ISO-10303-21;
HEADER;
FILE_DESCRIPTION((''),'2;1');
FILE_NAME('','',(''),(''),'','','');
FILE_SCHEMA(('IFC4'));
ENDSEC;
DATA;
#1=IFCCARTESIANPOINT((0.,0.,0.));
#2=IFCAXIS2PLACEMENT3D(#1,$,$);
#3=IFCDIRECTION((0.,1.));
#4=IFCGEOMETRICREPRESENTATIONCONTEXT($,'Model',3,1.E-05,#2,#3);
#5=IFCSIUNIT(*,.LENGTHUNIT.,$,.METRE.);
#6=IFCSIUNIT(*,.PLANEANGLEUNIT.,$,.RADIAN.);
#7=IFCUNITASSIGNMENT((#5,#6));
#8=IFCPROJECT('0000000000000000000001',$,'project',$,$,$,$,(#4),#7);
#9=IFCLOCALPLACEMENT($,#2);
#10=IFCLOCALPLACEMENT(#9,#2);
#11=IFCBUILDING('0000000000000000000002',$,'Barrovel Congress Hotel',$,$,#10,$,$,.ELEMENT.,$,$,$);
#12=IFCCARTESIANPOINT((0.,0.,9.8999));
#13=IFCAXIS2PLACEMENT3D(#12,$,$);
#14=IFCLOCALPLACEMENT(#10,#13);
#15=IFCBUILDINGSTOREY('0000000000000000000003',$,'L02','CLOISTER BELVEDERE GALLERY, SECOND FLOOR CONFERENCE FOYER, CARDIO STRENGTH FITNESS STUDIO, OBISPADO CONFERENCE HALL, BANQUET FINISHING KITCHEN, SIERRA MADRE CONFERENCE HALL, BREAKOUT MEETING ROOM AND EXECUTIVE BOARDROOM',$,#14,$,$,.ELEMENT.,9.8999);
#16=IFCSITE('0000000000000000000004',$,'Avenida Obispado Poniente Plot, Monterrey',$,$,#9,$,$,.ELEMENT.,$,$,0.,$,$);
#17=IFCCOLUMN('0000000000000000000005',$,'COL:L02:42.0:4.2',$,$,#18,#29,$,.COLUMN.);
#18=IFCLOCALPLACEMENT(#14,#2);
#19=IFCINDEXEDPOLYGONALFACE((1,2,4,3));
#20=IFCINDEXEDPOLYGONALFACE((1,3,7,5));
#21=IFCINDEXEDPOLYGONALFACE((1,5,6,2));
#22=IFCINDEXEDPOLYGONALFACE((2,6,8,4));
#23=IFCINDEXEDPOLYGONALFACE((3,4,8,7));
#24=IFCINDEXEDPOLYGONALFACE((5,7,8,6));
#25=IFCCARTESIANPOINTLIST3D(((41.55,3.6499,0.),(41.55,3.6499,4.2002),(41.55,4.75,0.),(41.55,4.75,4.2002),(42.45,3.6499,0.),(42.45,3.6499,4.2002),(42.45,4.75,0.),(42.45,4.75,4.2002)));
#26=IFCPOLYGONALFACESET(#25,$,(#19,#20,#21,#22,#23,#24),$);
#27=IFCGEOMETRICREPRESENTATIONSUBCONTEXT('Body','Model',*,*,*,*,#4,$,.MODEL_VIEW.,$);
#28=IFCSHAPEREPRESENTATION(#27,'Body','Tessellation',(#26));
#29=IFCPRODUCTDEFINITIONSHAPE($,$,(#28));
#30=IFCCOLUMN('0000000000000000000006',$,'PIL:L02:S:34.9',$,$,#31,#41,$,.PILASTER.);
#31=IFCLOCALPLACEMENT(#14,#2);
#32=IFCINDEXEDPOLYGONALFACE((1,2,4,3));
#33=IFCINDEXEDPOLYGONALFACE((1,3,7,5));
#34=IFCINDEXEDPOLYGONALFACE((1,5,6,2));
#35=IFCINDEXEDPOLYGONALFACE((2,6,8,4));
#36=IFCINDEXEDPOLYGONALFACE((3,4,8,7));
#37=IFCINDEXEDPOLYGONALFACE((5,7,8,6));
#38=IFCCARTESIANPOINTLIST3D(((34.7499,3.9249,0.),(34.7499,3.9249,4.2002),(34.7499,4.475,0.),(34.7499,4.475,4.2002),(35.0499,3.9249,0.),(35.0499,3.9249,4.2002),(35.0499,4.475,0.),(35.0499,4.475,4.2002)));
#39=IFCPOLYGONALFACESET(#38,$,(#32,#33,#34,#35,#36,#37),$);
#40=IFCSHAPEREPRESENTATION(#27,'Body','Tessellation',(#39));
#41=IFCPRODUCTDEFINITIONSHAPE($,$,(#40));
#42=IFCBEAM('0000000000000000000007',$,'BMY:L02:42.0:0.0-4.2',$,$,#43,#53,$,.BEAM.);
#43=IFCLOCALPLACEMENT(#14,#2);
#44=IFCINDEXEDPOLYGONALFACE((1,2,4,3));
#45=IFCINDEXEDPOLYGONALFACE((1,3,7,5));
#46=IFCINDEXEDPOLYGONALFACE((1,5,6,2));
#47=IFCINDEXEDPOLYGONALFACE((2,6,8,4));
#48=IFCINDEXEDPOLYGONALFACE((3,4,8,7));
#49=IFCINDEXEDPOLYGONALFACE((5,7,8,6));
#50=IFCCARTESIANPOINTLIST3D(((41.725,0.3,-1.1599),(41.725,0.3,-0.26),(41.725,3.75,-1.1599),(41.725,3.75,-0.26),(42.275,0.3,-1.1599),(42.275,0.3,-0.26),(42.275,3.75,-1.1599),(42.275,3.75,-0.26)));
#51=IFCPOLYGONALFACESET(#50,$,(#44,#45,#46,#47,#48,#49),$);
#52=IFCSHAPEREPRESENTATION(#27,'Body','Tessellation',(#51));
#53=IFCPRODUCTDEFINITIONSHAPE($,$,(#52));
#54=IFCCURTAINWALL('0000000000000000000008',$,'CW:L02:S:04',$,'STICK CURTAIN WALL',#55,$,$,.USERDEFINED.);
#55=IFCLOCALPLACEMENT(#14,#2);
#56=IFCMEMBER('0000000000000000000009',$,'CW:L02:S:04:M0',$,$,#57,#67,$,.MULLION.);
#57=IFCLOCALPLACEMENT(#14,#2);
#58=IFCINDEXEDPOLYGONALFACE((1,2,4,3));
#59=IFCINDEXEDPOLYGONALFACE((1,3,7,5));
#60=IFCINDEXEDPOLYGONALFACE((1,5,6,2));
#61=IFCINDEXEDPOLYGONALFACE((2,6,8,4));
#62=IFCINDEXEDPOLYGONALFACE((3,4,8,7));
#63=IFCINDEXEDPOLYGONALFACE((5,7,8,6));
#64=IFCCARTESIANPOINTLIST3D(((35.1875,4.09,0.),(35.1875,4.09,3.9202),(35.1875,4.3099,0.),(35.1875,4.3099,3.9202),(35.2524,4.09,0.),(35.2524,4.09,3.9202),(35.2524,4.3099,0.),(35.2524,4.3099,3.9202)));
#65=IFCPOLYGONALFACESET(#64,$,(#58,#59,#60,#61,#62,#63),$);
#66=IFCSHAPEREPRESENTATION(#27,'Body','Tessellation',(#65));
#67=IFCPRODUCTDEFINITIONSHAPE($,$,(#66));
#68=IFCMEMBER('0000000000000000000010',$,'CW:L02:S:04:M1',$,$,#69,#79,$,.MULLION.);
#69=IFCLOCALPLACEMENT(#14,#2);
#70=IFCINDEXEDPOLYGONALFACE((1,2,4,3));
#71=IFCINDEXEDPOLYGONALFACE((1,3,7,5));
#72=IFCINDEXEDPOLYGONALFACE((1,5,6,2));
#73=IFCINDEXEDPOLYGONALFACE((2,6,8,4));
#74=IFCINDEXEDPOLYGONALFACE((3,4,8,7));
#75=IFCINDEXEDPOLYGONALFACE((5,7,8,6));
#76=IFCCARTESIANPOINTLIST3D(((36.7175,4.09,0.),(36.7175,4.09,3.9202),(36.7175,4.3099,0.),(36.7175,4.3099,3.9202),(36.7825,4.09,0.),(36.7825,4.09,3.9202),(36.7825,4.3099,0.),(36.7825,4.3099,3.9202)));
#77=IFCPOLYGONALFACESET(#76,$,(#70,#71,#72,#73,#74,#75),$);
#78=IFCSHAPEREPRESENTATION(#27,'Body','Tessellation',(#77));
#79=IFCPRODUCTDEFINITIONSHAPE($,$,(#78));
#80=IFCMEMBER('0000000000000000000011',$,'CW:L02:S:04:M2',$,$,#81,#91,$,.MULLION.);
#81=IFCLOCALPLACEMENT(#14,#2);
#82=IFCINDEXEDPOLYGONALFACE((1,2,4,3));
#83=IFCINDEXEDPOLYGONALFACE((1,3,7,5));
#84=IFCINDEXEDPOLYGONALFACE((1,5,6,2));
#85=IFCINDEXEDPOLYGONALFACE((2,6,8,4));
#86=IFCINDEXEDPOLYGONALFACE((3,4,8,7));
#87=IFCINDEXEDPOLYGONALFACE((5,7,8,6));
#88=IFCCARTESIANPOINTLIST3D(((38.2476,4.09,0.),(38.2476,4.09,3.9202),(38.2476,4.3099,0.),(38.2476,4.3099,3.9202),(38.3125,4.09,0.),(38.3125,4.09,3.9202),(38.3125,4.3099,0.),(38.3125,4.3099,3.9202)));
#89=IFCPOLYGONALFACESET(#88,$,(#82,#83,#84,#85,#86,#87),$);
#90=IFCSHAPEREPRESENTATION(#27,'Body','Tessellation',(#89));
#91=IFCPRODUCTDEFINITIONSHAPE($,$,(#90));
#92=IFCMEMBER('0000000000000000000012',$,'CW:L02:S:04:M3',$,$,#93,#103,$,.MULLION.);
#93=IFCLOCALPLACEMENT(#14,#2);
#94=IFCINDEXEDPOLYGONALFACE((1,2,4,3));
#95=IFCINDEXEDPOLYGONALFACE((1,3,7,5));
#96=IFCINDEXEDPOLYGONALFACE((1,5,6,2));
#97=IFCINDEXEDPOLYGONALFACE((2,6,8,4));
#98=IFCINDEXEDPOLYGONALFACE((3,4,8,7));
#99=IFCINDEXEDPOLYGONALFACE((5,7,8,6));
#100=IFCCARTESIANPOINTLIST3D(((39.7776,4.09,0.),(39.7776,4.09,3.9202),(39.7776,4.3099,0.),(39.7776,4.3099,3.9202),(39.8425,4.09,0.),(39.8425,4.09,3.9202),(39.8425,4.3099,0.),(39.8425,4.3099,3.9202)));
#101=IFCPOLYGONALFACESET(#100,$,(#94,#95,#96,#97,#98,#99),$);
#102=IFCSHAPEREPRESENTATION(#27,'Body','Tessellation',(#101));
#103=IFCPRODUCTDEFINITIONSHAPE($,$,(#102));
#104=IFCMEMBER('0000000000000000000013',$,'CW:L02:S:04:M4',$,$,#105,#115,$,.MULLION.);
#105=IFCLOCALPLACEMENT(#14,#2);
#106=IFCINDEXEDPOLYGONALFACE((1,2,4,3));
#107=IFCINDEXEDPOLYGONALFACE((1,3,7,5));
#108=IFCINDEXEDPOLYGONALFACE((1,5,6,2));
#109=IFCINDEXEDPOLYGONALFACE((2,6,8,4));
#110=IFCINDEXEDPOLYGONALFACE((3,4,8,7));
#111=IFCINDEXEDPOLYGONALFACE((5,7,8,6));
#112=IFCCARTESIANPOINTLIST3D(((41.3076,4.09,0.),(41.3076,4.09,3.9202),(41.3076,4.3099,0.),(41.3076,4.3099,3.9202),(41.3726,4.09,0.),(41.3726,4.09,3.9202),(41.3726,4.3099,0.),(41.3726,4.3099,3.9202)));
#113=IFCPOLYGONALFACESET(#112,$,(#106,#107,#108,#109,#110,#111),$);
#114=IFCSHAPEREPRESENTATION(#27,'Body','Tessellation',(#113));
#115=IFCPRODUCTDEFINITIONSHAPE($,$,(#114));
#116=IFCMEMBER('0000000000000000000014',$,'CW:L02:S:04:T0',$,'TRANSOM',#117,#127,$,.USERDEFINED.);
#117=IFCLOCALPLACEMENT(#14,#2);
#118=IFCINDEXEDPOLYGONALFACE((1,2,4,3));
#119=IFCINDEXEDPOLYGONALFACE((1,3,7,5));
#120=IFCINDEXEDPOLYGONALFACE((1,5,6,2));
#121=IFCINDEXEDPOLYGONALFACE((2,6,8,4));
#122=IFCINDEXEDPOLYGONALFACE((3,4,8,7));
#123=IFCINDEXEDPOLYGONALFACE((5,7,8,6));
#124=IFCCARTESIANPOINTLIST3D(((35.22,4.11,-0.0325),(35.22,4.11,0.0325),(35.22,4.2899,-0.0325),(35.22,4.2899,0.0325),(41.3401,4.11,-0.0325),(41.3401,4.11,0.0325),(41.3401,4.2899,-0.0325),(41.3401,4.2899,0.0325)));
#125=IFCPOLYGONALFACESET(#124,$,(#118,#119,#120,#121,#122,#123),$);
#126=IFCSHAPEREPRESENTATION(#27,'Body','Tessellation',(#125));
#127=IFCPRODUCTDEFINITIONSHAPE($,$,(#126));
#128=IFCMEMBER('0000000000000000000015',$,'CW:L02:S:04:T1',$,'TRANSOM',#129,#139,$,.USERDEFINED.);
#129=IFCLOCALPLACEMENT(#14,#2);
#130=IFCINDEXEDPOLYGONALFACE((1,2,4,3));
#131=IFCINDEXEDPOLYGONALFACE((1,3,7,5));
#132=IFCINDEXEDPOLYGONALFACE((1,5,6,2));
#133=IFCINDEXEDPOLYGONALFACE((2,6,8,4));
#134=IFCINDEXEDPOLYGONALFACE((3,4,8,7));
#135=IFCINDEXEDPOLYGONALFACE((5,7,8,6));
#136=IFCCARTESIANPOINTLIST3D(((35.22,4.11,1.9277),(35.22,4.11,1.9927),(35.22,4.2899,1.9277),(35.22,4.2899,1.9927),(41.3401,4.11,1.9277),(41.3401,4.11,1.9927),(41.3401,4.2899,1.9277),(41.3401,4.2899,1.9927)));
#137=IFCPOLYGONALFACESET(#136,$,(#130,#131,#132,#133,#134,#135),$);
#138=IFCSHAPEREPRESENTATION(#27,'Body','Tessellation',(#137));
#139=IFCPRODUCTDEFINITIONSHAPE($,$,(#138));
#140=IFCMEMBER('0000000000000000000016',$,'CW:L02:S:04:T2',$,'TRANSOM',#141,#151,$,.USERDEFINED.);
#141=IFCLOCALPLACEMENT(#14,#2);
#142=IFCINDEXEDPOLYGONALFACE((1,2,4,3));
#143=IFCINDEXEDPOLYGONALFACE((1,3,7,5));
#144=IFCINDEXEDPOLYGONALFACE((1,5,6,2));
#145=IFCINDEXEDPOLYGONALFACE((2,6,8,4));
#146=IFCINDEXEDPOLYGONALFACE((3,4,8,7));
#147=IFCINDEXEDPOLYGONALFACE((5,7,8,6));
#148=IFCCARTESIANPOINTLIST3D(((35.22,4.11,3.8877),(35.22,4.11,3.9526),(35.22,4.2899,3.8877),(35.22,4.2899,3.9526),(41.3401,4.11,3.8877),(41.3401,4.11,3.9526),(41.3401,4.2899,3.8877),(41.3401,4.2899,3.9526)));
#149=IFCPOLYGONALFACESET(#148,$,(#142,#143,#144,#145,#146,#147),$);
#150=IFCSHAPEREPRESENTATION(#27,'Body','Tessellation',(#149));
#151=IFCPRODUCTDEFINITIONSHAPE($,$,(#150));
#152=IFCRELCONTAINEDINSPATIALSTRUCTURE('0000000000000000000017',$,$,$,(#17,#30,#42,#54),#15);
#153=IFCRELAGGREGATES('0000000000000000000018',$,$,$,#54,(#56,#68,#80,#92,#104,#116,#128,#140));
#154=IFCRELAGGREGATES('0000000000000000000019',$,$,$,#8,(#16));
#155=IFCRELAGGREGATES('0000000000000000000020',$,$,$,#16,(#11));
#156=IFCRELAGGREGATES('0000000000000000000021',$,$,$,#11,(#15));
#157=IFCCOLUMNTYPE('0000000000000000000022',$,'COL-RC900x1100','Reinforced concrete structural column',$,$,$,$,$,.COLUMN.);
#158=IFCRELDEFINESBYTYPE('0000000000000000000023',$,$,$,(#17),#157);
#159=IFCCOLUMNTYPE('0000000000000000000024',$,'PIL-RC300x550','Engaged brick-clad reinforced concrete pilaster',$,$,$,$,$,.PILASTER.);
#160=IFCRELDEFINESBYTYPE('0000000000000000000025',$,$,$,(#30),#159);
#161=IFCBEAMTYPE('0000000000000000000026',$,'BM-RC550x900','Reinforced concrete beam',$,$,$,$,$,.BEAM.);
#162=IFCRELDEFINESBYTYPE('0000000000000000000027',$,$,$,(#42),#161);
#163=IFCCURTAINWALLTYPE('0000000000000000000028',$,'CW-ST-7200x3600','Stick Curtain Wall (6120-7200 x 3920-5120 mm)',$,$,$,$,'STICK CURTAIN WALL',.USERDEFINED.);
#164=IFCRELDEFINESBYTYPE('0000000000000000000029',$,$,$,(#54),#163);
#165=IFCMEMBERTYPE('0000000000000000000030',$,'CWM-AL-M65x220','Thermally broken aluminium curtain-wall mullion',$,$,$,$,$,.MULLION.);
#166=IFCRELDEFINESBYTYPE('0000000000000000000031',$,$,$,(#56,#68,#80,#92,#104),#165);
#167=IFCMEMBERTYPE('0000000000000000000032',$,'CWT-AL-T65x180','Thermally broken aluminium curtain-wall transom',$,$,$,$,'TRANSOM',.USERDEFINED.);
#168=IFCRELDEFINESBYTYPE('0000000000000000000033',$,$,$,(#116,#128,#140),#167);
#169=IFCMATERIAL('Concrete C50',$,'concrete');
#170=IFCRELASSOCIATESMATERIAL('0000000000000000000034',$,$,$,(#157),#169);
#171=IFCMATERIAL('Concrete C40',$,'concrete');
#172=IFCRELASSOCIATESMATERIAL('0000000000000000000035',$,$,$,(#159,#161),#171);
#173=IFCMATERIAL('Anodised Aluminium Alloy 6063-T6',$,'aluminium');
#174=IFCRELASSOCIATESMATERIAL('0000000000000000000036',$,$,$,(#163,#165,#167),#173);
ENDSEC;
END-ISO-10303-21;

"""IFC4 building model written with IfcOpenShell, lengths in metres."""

from ifc_helpers import new_model, si_unit, direction, frame, origin, origin_2d, place, context, subcontext, project, spatial, rectangle, extrude, material, material_profile, profile_set, type_object, element, aggregate, save


model = new_model("IFC4")

# Units and contexts
model_context = context("Model", 3, precision=1e-05, world=origin(), true_north=direction((0.0, 1.0)))
body_context = subcontext(model_context, "Body", "Model", "MODEL_VIEW")
ifc_project = project(units=[si_unit("LENGTHUNIT", "METRE"), si_unit("PLANEANGLEUNIT", "RADIAN")], contexts=[model_context])

# Site, building, storey
site_placement = place(None, origin())
site = spatial("IfcSite", under=ifc_project, at=site_placement, Name="Avenida Obispado Poniente Plot, Monterrey", CompositionType="ELEMENT", RefElevation=0.0)
building_placement = place(site_placement, origin())
building = spatial("IfcBuilding", under=site, at=building_placement, Name="Barrovel Congress Hotel", CompositionType="ELEMENT")
storey_placement = place(building_placement, frame((0.0, 0.0, 9.8999)))
storey = spatial("IfcBuildingStorey", under=building, at=storey_placement, Name="L02", Description="CLOISTER BELVEDERE GALLERY, SECOND FLOOR CONFERENCE FOYER, CARDIO STRENGTH FITNESS STUDIO, OBISPADO CONFERENCE HALL, BANQUET FINISHING KITCHEN, SIERRA MADRE CONFERENCE HALL, BREAKOUT MEETING ROOM AND EXECUTIVE BOARDROOM", CompositionType="ELEMENT", Elevation=9.8999)

# Columns
ifc_material_1 = material(Name="Concrete C50", Category="concrete")
ifc_material_profile_1 = material_profile(ifc_material_1, rectangle(XDim=0.8999, YDim=1.1001, at=origin_2d()), Name="RC900x1100")
ifc_profile_set_1 = profile_set([ifc_material_profile_1], Name="Concrete C50")
column_type_1 = type_object("IfcColumnType", Name="COL-RC900x1100", Description="Reinforced concrete structural column", PredefinedType="COLUMN", material=ifc_profile_set_1)
column_1_placement = place(storey_placement, frame((42.0, 4.2, 0.0), z_axis=(0.0, 0.0, 1.0), x_axis=(1.0, 0.0, 0.0)))
element("IfcColumn", 1, at=column_1_placement, inside=storey, type_object=column_type_1, Name="COL:L02:42.0:4.2", PredefinedType="COLUMN", context=body_context, shape_type="SweptSolid", body=[
    extrude(rectangle(XDim=0.8999, YDim=1.1001, at=origin_2d()), origin(), (0.0, 0.0, 1.0), 4.2002),
])
ifc_material_2 = material(Name="Concrete C40", Category="concrete")
ifc_material_profile_2 = material_profile(ifc_material_2, rectangle(XDim=0.3, YDim=0.55, at=origin_2d()), Name="RC300x550")
ifc_profile_set_2 = profile_set([ifc_material_profile_2], Name="Concrete C40")
column_type_2 = type_object("IfcColumnType", Name="PIL-RC300x550", Description="Engaged brick-clad reinforced concrete pilaster", PredefinedType="PILASTER", material=ifc_profile_set_2)
column_2_placement = place(storey_placement, frame((34.8999, 4.2, 0.0), z_axis=(0.0, 0.0, 1.0), x_axis=(1.0, 0.0, 0.0)))
element("IfcColumn", 2, at=column_2_placement, inside=storey, type_object=column_type_2, Name="PIL:L02:S:34.9", PredefinedType="PILASTER", context=body_context, shape_type="SweptSolid", body=[
    extrude(rectangle(XDim=0.3, YDim=0.55, at=origin_2d()), origin(), (0.0, 0.0, 1.0), 4.2002),
])

# Beam
ifc_material_profile_3 = material_profile(ifc_material_2, rectangle(XDim=0.55, YDim=0.8999, at=origin_2d()), Name="RC550x900")
ifc_profile_set_3 = profile_set([ifc_material_profile_3], Name="Concrete C40")
beam_type_1 = type_object("IfcBeamType", Name="BM-RC550x900", Description="Reinforced concrete beam", PredefinedType="BEAM", material=ifc_profile_set_3)
beam_1_placement = place(storey_placement, frame((42.0, 0.3, -0.71), z_axis=(0.0, 1.0, 0.0), x_axis=(-1.0, 0.0, 0.0)))
element("IfcBeam", 3, at=beam_1_placement, inside=storey, type_object=beam_type_1, Name="BMY:L02:42.0:0.0-4.2", PredefinedType="BEAM", context=body_context, shape_type="SweptSolid", body=[
    extrude(rectangle(XDim=0.55, YDim=0.8999, at=origin_2d()), origin(), (0.0, 0.0, 1.0), 3.45),
])

# Curtain wall, members
ifc_material_3 = material(Name="Anodised Aluminium Alloy 6063-T6", Category="aluminium")
curtain_wall_type = type_object("IfcCurtainWallType", Name="CW-ST-7200x3600", Description="Stick Curtain Wall (6120-7200 x 3920-5120 mm)", ElementType="STICK CURTAIN WALL", PredefinedType="USERDEFINED", material=ifc_material_3)
curtain_wall_placement = place(storey_placement, origin())
curtain_wall = element("IfcCurtainWall", 4, at=curtain_wall_placement, inside=storey, type_object=curtain_wall_type, Name="CW:L02:S:04", ObjectType="STICK CURTAIN WALL", PredefinedType="USERDEFINED")
ifc_material_profile_4 = material_profile(ifc_material_3, rectangle(XDim=0.0649, YDim=0.22, at=origin_2d()), Name="AL-M65x220")
ifc_profile_set_4 = profile_set([ifc_material_profile_4], Name="Anodised Aluminium Alloy 6063-T6")
member_type_1 = type_object("IfcMemberType", Name="CWM-AL-M65x220", Description="Thermally broken aluminium curtain-wall mullion", PredefinedType="MULLION", material=ifc_profile_set_4)
member_1_placement = place(storey_placement, frame((35.22, 4.2, 0.0), z_axis=(0.0, 0.0, 1.0), x_axis=(1.0, 0.0, 0.0)))
member_1 = element("IfcMember", 5, at=member_1_placement, type_object=member_type_1, Name="CW:L02:S:04:M0", PredefinedType="MULLION", context=body_context, shape_type="SweptSolid", body=[
    extrude(rectangle(XDim=0.0649, YDim=0.22, at=origin_2d()), origin(), (0.0, 0.0, 1.0), 3.9202),
])
member_2_placement = place(storey_placement, frame((36.75, 4.2, 0.0), z_axis=(0.0, 0.0, 1.0), x_axis=(1.0, 0.0, 0.0)))
member_2 = element("IfcMember", 6, at=member_2_placement, type_object=member_type_1, Name="CW:L02:S:04:M1", PredefinedType="MULLION", context=body_context, shape_type="SweptSolid", body=[
    extrude(rectangle(XDim=0.0649, YDim=0.22, at=origin_2d()), origin(), (0.0, 0.0, 1.0), 3.9202),
])
member_3_placement = place(storey_placement, frame((38.28, 4.2, 0.0), z_axis=(0.0, 0.0, 1.0), x_axis=(1.0, 0.0, 0.0)))
member_3 = element("IfcMember", 7, at=member_3_placement, type_object=member_type_1, Name="CW:L02:S:04:M2", PredefinedType="MULLION", context=body_context, shape_type="SweptSolid", body=[
    extrude(rectangle(XDim=0.0649, YDim=0.22, at=origin_2d()), origin(), (0.0, 0.0, 1.0), 3.9202),
])
member_4_placement = place(storey_placement, frame((39.8101, 4.2, 0.0), z_axis=(0.0, 0.0, 1.0), x_axis=(1.0, 0.0, 0.0)))
member_4 = element("IfcMember", 8, at=member_4_placement, type_object=member_type_1, Name="CW:L02:S:04:M3", PredefinedType="MULLION", context=body_context, shape_type="SweptSolid", body=[
    extrude(rectangle(XDim=0.0649, YDim=0.22, at=origin_2d()), origin(), (0.0, 0.0, 1.0), 3.9202),
])
member_5_placement = place(storey_placement, frame((41.3401, 4.2, 0.0), z_axis=(0.0, 0.0, 1.0), x_axis=(1.0, 0.0, 0.0)))
member_5 = element("IfcMember", 9, at=member_5_placement, type_object=member_type_1, Name="CW:L02:S:04:M4", PredefinedType="MULLION", context=body_context, shape_type="SweptSolid", body=[
    extrude(rectangle(XDim=0.0649, YDim=0.22, at=origin_2d()), origin(), (0.0, 0.0, 1.0), 3.9202),
])
ifc_material_profile_5 = material_profile(ifc_material_3, rectangle(XDim=0.1799, YDim=0.0649, at=origin_2d()), Name="AL-T65x180")
ifc_profile_set_5 = profile_set([ifc_material_profile_5], Name="Anodised Aluminium Alloy 6063-T6")
member_type_2 = type_object("IfcMemberType", Name="CWT-AL-T65x180", Description="Thermally broken aluminium curtain-wall transom", ElementType="TRANSOM", PredefinedType="USERDEFINED", material=ifc_profile_set_5)
member_6_placement = place(storey_placement, frame((35.22, 4.2, 0.0), z_axis=(1.0, 0.0, 0.0), x_axis=(0.0, 1.0, 0.0)))
member_6 = element("IfcMember", 10, at=member_6_placement, type_object=member_type_2, Name="CW:L02:S:04:T0", ObjectType="TRANSOM", PredefinedType="USERDEFINED", context=body_context, shape_type="SweptSolid", body=[
    extrude(rectangle(XDim=0.1799, YDim=0.0649, at=origin_2d()), origin(), (0.0, 0.0, 1.0), 6.1201),
])
member_7_placement = place(storey_placement, frame((35.22, 4.2, 1.9602), z_axis=(1.0, 0.0, 0.0), x_axis=(0.0, 1.0, 0.0)))
member_7 = element("IfcMember", 11, at=member_7_placement, type_object=member_type_2, Name="CW:L02:S:04:T1", ObjectType="TRANSOM", PredefinedType="USERDEFINED", context=body_context, shape_type="SweptSolid", body=[
    extrude(rectangle(XDim=0.1799, YDim=0.0649, at=origin_2d()), origin(), (0.0, 0.0, 1.0), 6.1201),
])
member_8_placement = place(storey_placement, frame((35.22, 4.2, 3.9202), z_axis=(1.0, 0.0, 0.0), x_axis=(0.0, 1.0, 0.0)))
member_8 = element("IfcMember", 12, at=member_8_placement, type_object=member_type_2, Name="CW:L02:S:04:T2", ObjectType="TRANSOM", PredefinedType="USERDEFINED", context=body_context, shape_type="SweptSolid", body=[
    extrude(rectangle(XDim=0.1799, YDim=0.0649, at=origin_2d()), origin(), (0.0, 0.0, 1.0), 6.1201),
])

aggregate(curtain_wall, [member_1, member_2, member_3, member_4, member_5, member_6, member_7, member_8])

save(model, "model.ifc")
